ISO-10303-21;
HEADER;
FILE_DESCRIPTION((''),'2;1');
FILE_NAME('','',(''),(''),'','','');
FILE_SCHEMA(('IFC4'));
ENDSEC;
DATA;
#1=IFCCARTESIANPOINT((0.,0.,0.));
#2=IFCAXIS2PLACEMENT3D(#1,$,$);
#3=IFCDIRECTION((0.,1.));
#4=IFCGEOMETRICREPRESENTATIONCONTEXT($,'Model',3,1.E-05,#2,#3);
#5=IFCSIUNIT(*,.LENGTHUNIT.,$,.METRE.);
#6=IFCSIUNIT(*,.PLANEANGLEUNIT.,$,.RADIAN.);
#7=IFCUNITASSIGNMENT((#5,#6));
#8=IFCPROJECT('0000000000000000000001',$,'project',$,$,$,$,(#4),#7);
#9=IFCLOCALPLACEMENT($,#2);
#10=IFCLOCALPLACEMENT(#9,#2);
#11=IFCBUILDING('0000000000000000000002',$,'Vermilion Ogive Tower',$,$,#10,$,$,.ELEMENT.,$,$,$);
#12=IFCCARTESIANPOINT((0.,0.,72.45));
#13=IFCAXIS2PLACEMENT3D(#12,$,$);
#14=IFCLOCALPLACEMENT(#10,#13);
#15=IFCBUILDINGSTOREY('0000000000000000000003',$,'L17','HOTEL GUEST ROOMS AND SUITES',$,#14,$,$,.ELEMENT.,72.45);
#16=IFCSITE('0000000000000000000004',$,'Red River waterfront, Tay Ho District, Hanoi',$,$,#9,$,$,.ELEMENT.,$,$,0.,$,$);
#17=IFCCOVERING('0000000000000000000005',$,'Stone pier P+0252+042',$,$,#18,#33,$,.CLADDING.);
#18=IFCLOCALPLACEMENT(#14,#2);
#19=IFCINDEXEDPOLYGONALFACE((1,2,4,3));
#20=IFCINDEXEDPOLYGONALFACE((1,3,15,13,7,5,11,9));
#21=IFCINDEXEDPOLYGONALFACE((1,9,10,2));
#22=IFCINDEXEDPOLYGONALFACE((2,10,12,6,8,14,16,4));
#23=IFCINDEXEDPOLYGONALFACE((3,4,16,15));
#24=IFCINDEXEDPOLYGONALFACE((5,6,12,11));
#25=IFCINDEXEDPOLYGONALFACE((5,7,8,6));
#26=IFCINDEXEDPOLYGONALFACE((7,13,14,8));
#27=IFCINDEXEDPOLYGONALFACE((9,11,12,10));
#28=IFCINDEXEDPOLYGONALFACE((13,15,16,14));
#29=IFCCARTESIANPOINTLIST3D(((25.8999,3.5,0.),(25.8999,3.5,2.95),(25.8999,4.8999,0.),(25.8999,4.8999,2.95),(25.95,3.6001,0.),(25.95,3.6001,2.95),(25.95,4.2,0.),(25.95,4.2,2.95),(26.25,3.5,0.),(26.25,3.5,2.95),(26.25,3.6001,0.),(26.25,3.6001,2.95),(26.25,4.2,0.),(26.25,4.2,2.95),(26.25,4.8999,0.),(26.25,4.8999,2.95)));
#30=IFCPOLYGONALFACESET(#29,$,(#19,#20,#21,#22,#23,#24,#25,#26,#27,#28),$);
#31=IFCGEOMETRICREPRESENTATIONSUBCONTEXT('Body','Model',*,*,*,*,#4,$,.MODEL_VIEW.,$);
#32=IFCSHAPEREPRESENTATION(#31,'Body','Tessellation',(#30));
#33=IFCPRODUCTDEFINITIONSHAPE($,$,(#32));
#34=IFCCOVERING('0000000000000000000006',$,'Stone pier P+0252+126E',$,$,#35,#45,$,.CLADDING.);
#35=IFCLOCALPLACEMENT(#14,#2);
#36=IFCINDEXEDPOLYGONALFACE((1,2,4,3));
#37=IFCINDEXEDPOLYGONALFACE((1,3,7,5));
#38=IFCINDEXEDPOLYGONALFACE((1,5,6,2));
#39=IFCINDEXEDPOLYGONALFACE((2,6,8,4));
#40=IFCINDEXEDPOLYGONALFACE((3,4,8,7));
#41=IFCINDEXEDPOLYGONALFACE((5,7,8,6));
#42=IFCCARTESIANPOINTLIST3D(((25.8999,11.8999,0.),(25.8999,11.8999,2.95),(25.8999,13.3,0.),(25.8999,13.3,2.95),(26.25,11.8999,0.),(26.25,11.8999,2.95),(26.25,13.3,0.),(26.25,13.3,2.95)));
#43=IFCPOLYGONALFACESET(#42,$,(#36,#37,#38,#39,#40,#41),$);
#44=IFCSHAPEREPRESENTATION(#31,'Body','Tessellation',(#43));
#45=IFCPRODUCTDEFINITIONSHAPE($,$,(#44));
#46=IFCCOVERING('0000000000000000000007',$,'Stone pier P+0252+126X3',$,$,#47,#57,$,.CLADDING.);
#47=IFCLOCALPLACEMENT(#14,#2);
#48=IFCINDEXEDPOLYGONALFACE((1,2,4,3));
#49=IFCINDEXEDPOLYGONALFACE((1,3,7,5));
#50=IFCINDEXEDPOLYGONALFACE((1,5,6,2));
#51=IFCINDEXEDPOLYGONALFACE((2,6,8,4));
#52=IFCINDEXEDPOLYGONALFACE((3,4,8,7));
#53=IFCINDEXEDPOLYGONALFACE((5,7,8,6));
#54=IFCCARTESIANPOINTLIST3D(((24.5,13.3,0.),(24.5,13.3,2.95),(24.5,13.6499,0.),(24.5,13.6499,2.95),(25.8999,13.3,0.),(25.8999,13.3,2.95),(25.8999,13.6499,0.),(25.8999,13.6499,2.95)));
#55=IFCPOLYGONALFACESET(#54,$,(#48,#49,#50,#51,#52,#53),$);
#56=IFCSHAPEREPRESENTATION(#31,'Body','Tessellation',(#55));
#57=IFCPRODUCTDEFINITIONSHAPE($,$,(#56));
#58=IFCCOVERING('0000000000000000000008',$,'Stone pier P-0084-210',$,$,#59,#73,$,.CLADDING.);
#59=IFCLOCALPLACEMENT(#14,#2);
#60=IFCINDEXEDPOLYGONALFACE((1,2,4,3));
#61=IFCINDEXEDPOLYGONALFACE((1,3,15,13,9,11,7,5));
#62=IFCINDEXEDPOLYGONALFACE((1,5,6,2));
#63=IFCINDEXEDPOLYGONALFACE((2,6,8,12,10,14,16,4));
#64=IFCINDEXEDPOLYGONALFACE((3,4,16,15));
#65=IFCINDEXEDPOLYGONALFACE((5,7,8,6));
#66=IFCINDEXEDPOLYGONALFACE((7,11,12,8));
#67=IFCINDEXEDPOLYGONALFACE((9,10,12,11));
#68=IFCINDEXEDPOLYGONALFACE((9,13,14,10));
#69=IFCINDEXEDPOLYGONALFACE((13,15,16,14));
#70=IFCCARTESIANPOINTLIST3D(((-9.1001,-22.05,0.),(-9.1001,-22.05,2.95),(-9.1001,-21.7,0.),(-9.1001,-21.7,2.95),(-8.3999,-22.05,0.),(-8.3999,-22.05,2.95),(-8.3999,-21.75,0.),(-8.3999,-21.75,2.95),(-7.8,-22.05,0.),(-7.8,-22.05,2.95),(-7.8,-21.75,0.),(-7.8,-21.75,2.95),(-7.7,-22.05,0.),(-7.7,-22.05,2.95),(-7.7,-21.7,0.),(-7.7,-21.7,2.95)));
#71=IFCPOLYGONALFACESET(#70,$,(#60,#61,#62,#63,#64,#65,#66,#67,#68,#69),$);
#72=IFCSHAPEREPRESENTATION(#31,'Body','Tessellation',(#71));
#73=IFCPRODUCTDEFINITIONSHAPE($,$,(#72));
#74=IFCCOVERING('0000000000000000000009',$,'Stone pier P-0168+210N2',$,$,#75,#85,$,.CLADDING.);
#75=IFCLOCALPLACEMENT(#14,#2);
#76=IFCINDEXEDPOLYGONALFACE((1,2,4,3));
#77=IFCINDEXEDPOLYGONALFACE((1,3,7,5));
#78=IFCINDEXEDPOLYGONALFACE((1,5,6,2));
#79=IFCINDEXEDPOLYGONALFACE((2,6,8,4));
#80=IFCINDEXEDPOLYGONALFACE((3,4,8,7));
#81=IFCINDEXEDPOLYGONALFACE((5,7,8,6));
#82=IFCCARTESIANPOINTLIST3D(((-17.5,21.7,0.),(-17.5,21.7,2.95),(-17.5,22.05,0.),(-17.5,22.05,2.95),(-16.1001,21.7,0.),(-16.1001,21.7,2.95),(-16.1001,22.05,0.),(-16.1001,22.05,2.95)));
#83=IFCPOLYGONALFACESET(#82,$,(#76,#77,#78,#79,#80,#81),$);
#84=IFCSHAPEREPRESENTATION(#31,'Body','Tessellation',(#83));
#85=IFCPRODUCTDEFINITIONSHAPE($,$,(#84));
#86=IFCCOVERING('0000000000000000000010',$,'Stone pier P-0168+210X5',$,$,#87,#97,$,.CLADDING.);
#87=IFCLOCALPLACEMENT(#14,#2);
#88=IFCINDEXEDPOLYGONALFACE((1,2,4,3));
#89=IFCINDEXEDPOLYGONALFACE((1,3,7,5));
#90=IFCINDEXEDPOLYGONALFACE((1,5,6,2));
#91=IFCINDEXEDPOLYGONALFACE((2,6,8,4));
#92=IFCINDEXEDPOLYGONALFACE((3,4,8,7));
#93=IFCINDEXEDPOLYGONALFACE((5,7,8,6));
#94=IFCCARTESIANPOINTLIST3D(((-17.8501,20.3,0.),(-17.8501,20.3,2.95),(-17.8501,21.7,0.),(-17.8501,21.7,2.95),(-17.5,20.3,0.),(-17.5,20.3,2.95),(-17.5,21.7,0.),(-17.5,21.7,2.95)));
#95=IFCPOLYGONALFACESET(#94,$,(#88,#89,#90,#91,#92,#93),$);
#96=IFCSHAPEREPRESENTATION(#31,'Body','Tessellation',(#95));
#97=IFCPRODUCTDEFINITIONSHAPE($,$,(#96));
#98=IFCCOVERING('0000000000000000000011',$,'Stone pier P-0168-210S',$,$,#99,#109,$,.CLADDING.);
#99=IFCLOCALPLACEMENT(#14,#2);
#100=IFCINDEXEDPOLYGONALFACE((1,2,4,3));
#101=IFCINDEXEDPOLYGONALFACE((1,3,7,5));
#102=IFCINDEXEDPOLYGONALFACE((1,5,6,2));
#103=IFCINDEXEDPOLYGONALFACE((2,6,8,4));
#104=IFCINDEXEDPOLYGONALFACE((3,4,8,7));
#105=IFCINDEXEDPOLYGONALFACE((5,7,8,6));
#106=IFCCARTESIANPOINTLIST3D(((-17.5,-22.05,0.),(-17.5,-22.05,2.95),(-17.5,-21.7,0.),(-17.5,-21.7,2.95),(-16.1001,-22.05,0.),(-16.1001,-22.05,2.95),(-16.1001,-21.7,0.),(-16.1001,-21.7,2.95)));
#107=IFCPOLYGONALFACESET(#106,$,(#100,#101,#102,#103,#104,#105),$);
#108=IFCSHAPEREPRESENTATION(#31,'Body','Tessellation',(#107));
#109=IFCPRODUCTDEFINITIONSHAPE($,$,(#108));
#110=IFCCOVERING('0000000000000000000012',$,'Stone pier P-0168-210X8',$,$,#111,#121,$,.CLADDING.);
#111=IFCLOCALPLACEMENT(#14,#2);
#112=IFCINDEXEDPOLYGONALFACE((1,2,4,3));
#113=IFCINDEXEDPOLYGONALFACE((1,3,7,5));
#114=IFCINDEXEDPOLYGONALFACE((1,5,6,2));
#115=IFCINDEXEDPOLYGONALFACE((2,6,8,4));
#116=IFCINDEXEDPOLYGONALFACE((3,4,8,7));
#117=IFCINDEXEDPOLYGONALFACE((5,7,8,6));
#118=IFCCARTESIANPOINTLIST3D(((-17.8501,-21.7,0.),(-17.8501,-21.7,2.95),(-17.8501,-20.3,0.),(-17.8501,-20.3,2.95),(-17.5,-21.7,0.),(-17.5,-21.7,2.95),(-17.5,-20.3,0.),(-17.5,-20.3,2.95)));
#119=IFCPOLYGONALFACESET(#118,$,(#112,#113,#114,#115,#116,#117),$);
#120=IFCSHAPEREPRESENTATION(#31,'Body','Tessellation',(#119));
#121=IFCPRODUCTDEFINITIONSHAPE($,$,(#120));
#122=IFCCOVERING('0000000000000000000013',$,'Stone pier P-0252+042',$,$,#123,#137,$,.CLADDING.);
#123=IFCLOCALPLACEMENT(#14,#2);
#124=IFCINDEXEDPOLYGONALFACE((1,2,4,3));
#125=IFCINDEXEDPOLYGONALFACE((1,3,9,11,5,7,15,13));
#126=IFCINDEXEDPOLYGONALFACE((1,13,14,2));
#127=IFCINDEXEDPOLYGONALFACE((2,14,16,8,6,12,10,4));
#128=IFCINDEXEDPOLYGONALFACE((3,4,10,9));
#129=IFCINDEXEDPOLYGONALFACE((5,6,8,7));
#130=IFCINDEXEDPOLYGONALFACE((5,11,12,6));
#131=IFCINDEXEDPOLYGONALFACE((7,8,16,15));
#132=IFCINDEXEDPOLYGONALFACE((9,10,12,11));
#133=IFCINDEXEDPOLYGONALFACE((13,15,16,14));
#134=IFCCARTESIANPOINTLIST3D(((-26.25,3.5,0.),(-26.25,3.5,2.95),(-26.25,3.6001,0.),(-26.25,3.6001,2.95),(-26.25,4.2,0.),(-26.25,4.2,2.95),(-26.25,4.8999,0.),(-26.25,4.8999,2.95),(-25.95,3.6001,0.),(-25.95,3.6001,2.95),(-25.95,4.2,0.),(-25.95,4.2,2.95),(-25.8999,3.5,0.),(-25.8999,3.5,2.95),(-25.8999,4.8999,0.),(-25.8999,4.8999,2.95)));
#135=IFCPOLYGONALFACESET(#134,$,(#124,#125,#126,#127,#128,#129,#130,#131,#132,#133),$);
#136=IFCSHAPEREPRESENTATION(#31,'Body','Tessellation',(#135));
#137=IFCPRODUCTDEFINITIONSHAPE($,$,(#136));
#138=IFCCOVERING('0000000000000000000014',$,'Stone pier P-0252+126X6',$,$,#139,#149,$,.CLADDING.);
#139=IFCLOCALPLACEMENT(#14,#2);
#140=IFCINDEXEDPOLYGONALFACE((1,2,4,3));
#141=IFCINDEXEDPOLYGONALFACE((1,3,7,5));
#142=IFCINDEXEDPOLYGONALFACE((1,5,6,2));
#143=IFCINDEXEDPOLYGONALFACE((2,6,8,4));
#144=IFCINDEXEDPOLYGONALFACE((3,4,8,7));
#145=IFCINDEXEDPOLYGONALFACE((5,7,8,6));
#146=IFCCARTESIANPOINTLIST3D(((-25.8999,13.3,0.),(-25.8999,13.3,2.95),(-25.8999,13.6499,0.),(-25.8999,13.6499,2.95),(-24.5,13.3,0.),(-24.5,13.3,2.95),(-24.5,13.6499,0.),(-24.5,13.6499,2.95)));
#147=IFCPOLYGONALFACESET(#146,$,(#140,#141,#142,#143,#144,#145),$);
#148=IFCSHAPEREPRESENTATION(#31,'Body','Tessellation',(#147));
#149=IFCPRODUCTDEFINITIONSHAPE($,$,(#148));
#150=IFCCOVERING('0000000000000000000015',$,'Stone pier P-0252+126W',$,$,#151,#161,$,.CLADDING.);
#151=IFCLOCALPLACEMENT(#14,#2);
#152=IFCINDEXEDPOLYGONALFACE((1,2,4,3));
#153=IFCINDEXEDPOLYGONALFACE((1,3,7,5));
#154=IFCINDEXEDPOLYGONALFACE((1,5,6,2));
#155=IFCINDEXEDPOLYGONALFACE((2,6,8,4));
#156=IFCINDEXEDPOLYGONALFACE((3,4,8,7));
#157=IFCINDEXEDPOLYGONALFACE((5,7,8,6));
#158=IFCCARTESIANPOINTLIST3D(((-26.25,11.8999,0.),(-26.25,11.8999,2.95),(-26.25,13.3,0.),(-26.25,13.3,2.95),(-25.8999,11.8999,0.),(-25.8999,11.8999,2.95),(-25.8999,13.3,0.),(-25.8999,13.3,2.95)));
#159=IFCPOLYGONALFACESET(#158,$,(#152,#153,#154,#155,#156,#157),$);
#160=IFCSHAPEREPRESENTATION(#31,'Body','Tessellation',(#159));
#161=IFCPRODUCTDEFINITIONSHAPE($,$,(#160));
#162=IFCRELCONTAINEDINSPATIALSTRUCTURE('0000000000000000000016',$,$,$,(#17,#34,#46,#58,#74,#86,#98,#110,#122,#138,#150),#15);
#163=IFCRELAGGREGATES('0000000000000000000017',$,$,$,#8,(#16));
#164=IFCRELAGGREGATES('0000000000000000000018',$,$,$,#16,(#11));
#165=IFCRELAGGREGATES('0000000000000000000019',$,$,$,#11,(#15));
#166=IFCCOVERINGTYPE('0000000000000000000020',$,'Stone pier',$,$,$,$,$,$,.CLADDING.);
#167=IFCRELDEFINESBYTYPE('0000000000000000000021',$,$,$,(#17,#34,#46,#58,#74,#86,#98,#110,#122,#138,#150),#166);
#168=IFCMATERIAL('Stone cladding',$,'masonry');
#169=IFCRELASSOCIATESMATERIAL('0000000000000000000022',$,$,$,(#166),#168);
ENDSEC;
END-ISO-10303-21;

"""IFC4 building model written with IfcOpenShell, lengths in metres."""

from ifc_helpers import new_model, si_unit, direction, frame, origin, place, context, subcontext, project, spatial, polyline, outline, extrude, material, type_object, element, save


model = new_model("IFC4")

# Units and contexts
model_context = context("Model", 3, precision=1e-05, world=origin(), true_north=direction((0.0, 1.0)))
body_context = subcontext(model_context, "Body", "Model", "MODEL_VIEW")
ifc_project = project(units=[si_unit("LENGTHUNIT", "METRE"), si_unit("PLANEANGLEUNIT", "RADIAN")], contexts=[model_context])

# Site, building, storey
site_placement = place(None, origin())
site = spatial("IfcSite", under=ifc_project, at=site_placement, Name="Red River waterfront, Tay Ho District, Hanoi", CompositionType="ELEMENT", RefElevation=0.0)
building_placement = place(site_placement, origin())
building = spatial("IfcBuilding", under=site, at=building_placement, Name="Vermilion Ogive Tower", CompositionType="ELEMENT")
storey_placement = place(building_placement, frame((0.0, 0.0, 72.45)))
storey = spatial("IfcBuildingStorey", under=building, at=storey_placement, Name="L17", Description="HOTEL GUEST ROOMS AND SUITES", CompositionType="ELEMENT", Elevation=72.45)

# Coverings
ifc_material_1 = material(Name="Stone cladding", Category="masonry")
covering_type = type_object("IfcCoveringType", Name="Stone pier", PredefinedType="CLADDING", material=ifc_material_1)
covering_1_placement = place(storey_placement, origin())
element("IfcCovering", 1, at=covering_1_placement, inside=storey, type_object=covering_type, Name="Stone pier P+0252+042", PredefinedType="CLADDING", context=body_context, shape_type="SweptSolid", body=[
    extrude(outline(polyline([(26.25, 4.8999), (26.25, 4.2), (25.95, 4.2), (25.95, 3.6001), (26.25, 3.6001), (26.25, 3.5), (25.8999, 3.5), (25.8999, 4.8999), (26.25, 4.8999)])), origin(), (0.0, 0.0, 1.0), 2.95),
])
covering_2_placement = place(storey_placement, origin())
element("IfcCovering", 2, at=covering_2_placement, inside=storey, type_object=covering_type, Name="Stone pier P+0252+126E", PredefinedType="CLADDING", context=body_context, shape_type="SweptSolid", body=[
    extrude(outline(polyline([(26.25, 13.3), (26.25, 11.8999), (25.8999, 11.8999), (25.8999, 13.3), (26.25, 13.3)])), origin(), (0.0, 0.0, 1.0), 2.95),
])
covering_3_placement = place(storey_placement, origin())
element("IfcCovering", 3, at=covering_3_placement, inside=storey, type_object=covering_type, Name="Stone pier P+0252+126X3", PredefinedType="CLADDING", context=body_context, shape_type="SweptSolid", body=[
    extrude(outline(polyline([(25.8999, 13.6499), (25.8999, 13.3), (24.5, 13.3), (24.5, 13.6499), (25.8999, 13.6499)])), origin(), (0.0, 0.0, 1.0), 2.95),
])
covering_4_placement = place(storey_placement, origin())
element("IfcCovering", 4, at=covering_4_placement, inside=storey, type_object=covering_type, Name="Stone pier P-0084-210", PredefinedType="CLADDING", context=body_context, shape_type="SweptSolid", body=[
    extrude(outline(polyline([(-7.7, -22.05), (-7.8, -22.05), (-7.8, -21.75), (-8.3999, -21.75), (-8.3999, -22.05), (-9.1001, -22.05), (-9.1001, -21.7), (-7.7, -21.7), (-7.7, -22.05)])), origin(), (0.0, 0.0, 1.0), 2.95),
])
covering_5_placement = place(storey_placement, origin())
element("IfcCovering", 5, at=covering_5_placement, inside=storey, type_object=covering_type, Name="Stone pier P-0168+210N2", PredefinedType="CLADDING", context=body_context, shape_type="SweptSolid", body=[
    extrude(outline(polyline([(-17.5, 21.7), (-17.5, 22.05), (-16.1001, 22.05), (-16.1001, 21.7), (-17.5, 21.7), (-17.5, 21.7)])), origin(), (0.0, 0.0, 1.0), 2.95),
])
covering_6_placement = place(storey_placement, origin())
element("IfcCovering", 6, at=covering_6_placement, inside=storey, type_object=covering_type, Name="Stone pier P-0168+210X5", PredefinedType="CLADDING", context=body_context, shape_type="SweptSolid", body=[
    extrude(outline(polyline([(-17.8501, 21.7), (-17.5, 21.7), (-17.5, 21.7), (-17.5, 20.3), (-17.8501, 20.3), (-17.8501, 21.7)])), origin(), (0.0, 0.0, 1.0), 2.95),
])
covering_7_placement = place(storey_placement, origin())
element("IfcCovering", 7, at=covering_7_placement, inside=storey, type_object=covering_type, Name="Stone pier P-0168-210S", PredefinedType="CLADDING", context=body_context, shape_type="SweptSolid", body=[
    extrude(outline(polyline([(-16.1001, -22.05), (-17.5, -22.05), (-17.5, -21.7), (-16.1001, -21.7), (-16.1001, -22.05)])), origin(), (0.0, 0.0, 1.0), 2.95),
])
covering_8_placement = place(storey_placement, origin())
element("IfcCovering", 8, at=covering_8_placement, inside=storey, type_object=covering_type, Name="Stone pier P-0168-210X8", PredefinedType="CLADDING", context=body_context, shape_type="SweptSolid", body=[
    extrude(outline(polyline([(-17.8501, -20.3), (-17.5, -20.3), (-17.5, -21.7), (-17.8501, -21.7), (-17.8501, -20.3)])), origin(), (0.0, 0.0, 1.0), 2.95),
])
covering_9_placement = place(storey_placement, origin())
element("IfcCovering", 9, at=covering_9_placement, inside=storey, type_object=covering_type, Name="Stone pier P-0252+042", PredefinedType="CLADDING", context=body_context, shape_type="SweptSolid", body=[
    extrude(outline(polyline([(-26.25, 3.5), (-26.25, 3.6001), (-25.95, 3.6001), (-25.95, 4.2), (-26.25, 4.2), (-26.25, 4.8999), (-25.8999, 4.8999), (-25.8999, 3.5), (-26.25, 3.5)])), origin(), (0.0, 0.0, 1.0), 2.95),
])
covering_10_placement = place(storey_placement, origin())
element("IfcCovering", 10, at=covering_10_placement, inside=storey, type_object=covering_type, Name="Stone pier P-0252+126X6", PredefinedType="CLADDING", context=body_context, shape_type="SweptSolid", body=[
    extrude(outline(polyline([(-25.8999, 13.3), (-25.8999, 13.6499), (-24.5, 13.6499), (-24.5, 13.3), (-24.5, 13.3), (-25.8999, 13.3)])), origin(), (0.0, 0.0, 1.0), 2.95),
])
covering_11_placement = place(storey_placement, origin())
element("IfcCovering", 11, at=covering_11_placement, inside=storey, type_object=covering_type, Name="Stone pier P-0252+126W", PredefinedType="CLADDING", context=body_context, shape_type="SweptSolid", body=[
    extrude(outline(polyline([(-26.25, 13.3), (-25.8999, 13.3), (-25.8999, 11.8999), (-26.25, 11.8999), (-26.25, 13.3)])), origin(), (0.0, 0.0, 1.0), 2.95),
])

save(model, "model.ifc")
